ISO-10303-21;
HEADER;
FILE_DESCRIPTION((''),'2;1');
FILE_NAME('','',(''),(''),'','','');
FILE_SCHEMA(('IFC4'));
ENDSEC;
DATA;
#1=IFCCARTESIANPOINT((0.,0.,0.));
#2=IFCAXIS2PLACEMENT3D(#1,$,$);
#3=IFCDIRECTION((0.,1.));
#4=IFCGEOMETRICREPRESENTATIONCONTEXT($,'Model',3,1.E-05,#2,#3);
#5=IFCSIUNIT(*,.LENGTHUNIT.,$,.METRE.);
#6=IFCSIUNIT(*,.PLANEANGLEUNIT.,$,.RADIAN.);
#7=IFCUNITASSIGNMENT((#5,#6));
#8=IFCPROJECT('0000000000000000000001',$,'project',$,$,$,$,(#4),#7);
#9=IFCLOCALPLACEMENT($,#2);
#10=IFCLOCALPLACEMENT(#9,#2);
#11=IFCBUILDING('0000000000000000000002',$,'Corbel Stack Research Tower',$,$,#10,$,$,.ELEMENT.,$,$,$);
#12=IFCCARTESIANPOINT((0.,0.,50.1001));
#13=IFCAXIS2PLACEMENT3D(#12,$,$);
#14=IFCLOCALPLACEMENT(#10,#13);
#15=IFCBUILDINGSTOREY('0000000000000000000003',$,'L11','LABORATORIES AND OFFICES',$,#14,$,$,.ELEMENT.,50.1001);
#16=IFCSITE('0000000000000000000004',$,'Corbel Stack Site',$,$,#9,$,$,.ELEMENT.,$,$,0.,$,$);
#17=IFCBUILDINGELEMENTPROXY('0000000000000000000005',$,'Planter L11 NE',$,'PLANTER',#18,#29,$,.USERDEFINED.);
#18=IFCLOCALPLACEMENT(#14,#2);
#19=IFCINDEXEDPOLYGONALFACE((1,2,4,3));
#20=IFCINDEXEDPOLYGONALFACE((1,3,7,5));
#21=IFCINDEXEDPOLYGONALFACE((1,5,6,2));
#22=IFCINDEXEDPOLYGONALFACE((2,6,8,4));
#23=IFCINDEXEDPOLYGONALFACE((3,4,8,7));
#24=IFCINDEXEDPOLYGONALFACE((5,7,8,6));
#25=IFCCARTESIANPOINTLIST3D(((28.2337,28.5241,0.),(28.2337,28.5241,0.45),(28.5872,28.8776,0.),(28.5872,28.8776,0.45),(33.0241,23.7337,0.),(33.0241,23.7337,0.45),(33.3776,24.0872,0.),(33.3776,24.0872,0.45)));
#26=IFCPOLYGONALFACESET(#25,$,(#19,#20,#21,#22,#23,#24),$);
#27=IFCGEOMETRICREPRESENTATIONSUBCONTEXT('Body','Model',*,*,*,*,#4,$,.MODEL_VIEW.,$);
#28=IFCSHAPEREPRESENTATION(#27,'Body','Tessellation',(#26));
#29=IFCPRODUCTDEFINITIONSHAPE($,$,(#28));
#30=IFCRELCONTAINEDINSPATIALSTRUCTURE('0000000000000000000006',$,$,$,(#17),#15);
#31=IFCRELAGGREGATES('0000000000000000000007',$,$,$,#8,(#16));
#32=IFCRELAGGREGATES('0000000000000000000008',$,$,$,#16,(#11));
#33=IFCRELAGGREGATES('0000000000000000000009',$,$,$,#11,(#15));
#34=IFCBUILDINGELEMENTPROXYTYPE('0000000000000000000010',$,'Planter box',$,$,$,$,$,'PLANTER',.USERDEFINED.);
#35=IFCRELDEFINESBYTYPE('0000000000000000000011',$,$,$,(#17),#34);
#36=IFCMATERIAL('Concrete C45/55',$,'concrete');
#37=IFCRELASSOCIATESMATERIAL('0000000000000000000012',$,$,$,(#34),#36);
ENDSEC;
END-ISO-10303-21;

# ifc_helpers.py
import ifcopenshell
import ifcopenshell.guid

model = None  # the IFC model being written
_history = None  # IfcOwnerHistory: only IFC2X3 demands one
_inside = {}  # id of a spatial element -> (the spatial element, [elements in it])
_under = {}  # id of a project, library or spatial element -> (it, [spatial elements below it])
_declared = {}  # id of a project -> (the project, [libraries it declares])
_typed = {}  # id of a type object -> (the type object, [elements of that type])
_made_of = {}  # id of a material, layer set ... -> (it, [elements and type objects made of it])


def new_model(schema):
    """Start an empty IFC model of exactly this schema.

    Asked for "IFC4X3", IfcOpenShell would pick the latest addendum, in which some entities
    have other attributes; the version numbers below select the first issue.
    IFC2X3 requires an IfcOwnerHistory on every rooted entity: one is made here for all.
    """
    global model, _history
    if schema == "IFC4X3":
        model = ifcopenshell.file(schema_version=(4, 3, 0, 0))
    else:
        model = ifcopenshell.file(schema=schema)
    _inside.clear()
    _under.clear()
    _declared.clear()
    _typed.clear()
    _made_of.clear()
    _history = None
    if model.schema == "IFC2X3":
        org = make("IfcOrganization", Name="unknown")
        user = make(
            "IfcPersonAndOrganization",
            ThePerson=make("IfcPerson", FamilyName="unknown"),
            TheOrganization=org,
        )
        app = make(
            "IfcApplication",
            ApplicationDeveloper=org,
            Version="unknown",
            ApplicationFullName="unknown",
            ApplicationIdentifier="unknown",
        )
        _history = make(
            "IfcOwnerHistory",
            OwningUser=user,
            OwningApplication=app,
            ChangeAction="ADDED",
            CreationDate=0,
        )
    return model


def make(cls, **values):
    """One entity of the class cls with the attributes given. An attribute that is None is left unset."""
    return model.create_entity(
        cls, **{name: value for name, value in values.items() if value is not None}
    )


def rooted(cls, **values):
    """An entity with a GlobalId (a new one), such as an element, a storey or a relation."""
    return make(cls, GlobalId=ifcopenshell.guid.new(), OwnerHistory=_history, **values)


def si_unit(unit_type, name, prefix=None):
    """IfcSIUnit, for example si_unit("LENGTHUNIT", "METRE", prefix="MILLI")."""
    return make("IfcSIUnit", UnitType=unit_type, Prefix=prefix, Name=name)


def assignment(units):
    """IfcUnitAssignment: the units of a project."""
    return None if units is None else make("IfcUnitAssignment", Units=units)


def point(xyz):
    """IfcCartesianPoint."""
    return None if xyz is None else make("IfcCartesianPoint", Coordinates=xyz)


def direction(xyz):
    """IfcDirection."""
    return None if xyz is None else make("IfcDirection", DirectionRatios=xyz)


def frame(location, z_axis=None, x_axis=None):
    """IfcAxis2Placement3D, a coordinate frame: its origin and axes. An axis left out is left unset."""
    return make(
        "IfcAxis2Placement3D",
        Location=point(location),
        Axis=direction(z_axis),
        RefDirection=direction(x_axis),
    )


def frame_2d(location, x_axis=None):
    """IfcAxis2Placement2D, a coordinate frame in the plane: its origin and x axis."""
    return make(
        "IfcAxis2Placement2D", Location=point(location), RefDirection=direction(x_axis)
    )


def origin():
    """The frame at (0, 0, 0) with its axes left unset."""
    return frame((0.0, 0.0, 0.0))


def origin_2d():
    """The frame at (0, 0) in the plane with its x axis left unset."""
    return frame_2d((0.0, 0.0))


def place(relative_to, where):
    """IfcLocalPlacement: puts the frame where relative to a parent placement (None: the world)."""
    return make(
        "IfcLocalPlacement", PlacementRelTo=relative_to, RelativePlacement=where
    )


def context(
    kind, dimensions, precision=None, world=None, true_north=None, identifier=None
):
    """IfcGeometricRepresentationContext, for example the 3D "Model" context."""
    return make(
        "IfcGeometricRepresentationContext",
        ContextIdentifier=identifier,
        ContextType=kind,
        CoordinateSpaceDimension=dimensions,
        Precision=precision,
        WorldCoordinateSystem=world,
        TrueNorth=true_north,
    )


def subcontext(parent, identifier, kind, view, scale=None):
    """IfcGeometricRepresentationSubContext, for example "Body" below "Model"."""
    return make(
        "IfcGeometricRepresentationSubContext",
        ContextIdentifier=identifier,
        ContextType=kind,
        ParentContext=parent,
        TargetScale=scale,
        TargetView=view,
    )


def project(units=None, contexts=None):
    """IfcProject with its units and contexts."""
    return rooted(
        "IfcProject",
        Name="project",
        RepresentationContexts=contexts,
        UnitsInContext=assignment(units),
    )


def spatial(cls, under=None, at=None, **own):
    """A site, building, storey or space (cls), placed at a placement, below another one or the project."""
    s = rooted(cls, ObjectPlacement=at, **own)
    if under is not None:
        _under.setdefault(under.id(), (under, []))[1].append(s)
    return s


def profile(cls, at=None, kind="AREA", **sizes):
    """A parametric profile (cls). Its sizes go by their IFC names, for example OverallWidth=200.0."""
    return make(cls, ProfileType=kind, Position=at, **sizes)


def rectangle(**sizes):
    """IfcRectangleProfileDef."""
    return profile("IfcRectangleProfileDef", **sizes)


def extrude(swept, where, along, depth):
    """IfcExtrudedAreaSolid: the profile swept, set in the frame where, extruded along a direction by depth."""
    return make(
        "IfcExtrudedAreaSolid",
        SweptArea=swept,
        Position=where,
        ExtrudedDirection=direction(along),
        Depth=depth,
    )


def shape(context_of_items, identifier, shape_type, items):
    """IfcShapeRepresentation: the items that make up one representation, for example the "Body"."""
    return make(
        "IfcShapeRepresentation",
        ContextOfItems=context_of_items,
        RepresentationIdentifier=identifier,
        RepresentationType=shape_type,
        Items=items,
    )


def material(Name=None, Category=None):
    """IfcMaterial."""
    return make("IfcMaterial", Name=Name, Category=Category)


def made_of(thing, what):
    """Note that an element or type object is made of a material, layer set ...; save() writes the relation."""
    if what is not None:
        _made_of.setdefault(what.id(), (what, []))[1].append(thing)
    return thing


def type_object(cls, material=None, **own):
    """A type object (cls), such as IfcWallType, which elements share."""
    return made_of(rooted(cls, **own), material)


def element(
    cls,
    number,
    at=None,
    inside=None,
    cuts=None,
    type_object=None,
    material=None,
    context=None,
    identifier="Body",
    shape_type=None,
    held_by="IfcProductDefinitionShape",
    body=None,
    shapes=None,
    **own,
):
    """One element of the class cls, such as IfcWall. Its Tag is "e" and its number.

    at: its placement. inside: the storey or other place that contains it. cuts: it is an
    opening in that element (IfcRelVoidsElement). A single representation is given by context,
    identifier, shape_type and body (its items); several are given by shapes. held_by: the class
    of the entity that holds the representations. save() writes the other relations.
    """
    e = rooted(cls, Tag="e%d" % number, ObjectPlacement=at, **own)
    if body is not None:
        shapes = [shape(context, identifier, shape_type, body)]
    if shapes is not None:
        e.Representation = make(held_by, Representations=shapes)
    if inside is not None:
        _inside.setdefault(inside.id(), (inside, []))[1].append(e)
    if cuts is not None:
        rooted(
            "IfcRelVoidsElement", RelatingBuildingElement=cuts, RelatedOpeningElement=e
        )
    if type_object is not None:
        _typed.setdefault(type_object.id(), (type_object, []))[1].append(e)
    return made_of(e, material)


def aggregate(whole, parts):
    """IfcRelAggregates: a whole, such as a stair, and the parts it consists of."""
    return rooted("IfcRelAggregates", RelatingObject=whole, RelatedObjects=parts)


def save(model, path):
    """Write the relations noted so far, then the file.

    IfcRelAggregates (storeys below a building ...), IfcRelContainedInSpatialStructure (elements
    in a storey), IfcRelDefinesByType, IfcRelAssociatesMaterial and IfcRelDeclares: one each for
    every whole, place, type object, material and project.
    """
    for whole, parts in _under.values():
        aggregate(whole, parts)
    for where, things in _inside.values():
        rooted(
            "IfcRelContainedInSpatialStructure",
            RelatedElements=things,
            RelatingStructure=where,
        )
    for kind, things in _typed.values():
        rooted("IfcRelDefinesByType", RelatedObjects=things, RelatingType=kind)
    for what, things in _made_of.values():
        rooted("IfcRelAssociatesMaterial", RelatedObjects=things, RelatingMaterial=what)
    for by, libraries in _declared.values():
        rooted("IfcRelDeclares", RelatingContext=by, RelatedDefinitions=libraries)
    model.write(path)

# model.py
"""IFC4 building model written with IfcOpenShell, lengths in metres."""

from ifc_helpers import new_model, si_unit, direction, frame, origin, origin_2d, place, context, subcontext, project, spatial, rectangle, extrude, material, type_object, element, save


model = new_model("IFC4")

# Units and contexts
model_context = context("Model", 3, precision=1e-05, world=origin(), true_north=direction((0.0, 1.0)))
body_context = subcontext(model_context, "Body", "Model", "MODEL_VIEW")
ifc_project = project(units=[si_unit("LENGTHUNIT", "METRE"), si_unit("PLANEANGLEUNIT", "RADIAN")], contexts=[model_context])

# Site, building, storey
site_placement = place(None, origin())
site = spatial("IfcSite", under=ifc_project, at=site_placement, Name="Corbel Stack Site", CompositionType="ELEMENT", RefElevation=0.0)
building_placement = place(site_placement, origin())
building = spatial("IfcBuilding", under=site, at=building_placement, Name="Corbel Stack Research Tower", CompositionType="ELEMENT")
storey_placement = place(building_placement, frame((0.0, 0.0, 50.1001)))
storey = spatial("IfcBuildingStorey", under=building, at=storey_placement, Name="L11", Description="LABORATORIES AND OFFICES", CompositionType="ELEMENT", Elevation=50.1001)

# Building element proxy
ifc_material_1 = material(Name="Concrete C45/55", Category="concrete")
building_element_proxy_type = type_object("IfcBuildingElementProxyType", Name="Planter box", ElementType="PLANTER", PredefinedType="USERDEFINED", material=ifc_material_1)
proxy_placement = place(storey_placement, frame((30.8057, 26.3057, 0.0), z_axis=(0.0, 0.0, 1.0), x_axis=(-0.707107, 0.707107, 0.0)))
element("IfcBuildingElementProxy", 1, at=proxy_placement, inside=storey, type_object=building_element_proxy_type, Name="Planter L11 NE", ObjectType="PLANTER", PredefinedType="USERDEFINED", context=body_context, shape_type="SweptSolid", body=[
    extrude(rectangle(XDim=6.7747, YDim=0.5, at=origin_2d()), origin(), (0.0, 0.0, 1.0), 0.45),
])

save(model, "model.ifc")
